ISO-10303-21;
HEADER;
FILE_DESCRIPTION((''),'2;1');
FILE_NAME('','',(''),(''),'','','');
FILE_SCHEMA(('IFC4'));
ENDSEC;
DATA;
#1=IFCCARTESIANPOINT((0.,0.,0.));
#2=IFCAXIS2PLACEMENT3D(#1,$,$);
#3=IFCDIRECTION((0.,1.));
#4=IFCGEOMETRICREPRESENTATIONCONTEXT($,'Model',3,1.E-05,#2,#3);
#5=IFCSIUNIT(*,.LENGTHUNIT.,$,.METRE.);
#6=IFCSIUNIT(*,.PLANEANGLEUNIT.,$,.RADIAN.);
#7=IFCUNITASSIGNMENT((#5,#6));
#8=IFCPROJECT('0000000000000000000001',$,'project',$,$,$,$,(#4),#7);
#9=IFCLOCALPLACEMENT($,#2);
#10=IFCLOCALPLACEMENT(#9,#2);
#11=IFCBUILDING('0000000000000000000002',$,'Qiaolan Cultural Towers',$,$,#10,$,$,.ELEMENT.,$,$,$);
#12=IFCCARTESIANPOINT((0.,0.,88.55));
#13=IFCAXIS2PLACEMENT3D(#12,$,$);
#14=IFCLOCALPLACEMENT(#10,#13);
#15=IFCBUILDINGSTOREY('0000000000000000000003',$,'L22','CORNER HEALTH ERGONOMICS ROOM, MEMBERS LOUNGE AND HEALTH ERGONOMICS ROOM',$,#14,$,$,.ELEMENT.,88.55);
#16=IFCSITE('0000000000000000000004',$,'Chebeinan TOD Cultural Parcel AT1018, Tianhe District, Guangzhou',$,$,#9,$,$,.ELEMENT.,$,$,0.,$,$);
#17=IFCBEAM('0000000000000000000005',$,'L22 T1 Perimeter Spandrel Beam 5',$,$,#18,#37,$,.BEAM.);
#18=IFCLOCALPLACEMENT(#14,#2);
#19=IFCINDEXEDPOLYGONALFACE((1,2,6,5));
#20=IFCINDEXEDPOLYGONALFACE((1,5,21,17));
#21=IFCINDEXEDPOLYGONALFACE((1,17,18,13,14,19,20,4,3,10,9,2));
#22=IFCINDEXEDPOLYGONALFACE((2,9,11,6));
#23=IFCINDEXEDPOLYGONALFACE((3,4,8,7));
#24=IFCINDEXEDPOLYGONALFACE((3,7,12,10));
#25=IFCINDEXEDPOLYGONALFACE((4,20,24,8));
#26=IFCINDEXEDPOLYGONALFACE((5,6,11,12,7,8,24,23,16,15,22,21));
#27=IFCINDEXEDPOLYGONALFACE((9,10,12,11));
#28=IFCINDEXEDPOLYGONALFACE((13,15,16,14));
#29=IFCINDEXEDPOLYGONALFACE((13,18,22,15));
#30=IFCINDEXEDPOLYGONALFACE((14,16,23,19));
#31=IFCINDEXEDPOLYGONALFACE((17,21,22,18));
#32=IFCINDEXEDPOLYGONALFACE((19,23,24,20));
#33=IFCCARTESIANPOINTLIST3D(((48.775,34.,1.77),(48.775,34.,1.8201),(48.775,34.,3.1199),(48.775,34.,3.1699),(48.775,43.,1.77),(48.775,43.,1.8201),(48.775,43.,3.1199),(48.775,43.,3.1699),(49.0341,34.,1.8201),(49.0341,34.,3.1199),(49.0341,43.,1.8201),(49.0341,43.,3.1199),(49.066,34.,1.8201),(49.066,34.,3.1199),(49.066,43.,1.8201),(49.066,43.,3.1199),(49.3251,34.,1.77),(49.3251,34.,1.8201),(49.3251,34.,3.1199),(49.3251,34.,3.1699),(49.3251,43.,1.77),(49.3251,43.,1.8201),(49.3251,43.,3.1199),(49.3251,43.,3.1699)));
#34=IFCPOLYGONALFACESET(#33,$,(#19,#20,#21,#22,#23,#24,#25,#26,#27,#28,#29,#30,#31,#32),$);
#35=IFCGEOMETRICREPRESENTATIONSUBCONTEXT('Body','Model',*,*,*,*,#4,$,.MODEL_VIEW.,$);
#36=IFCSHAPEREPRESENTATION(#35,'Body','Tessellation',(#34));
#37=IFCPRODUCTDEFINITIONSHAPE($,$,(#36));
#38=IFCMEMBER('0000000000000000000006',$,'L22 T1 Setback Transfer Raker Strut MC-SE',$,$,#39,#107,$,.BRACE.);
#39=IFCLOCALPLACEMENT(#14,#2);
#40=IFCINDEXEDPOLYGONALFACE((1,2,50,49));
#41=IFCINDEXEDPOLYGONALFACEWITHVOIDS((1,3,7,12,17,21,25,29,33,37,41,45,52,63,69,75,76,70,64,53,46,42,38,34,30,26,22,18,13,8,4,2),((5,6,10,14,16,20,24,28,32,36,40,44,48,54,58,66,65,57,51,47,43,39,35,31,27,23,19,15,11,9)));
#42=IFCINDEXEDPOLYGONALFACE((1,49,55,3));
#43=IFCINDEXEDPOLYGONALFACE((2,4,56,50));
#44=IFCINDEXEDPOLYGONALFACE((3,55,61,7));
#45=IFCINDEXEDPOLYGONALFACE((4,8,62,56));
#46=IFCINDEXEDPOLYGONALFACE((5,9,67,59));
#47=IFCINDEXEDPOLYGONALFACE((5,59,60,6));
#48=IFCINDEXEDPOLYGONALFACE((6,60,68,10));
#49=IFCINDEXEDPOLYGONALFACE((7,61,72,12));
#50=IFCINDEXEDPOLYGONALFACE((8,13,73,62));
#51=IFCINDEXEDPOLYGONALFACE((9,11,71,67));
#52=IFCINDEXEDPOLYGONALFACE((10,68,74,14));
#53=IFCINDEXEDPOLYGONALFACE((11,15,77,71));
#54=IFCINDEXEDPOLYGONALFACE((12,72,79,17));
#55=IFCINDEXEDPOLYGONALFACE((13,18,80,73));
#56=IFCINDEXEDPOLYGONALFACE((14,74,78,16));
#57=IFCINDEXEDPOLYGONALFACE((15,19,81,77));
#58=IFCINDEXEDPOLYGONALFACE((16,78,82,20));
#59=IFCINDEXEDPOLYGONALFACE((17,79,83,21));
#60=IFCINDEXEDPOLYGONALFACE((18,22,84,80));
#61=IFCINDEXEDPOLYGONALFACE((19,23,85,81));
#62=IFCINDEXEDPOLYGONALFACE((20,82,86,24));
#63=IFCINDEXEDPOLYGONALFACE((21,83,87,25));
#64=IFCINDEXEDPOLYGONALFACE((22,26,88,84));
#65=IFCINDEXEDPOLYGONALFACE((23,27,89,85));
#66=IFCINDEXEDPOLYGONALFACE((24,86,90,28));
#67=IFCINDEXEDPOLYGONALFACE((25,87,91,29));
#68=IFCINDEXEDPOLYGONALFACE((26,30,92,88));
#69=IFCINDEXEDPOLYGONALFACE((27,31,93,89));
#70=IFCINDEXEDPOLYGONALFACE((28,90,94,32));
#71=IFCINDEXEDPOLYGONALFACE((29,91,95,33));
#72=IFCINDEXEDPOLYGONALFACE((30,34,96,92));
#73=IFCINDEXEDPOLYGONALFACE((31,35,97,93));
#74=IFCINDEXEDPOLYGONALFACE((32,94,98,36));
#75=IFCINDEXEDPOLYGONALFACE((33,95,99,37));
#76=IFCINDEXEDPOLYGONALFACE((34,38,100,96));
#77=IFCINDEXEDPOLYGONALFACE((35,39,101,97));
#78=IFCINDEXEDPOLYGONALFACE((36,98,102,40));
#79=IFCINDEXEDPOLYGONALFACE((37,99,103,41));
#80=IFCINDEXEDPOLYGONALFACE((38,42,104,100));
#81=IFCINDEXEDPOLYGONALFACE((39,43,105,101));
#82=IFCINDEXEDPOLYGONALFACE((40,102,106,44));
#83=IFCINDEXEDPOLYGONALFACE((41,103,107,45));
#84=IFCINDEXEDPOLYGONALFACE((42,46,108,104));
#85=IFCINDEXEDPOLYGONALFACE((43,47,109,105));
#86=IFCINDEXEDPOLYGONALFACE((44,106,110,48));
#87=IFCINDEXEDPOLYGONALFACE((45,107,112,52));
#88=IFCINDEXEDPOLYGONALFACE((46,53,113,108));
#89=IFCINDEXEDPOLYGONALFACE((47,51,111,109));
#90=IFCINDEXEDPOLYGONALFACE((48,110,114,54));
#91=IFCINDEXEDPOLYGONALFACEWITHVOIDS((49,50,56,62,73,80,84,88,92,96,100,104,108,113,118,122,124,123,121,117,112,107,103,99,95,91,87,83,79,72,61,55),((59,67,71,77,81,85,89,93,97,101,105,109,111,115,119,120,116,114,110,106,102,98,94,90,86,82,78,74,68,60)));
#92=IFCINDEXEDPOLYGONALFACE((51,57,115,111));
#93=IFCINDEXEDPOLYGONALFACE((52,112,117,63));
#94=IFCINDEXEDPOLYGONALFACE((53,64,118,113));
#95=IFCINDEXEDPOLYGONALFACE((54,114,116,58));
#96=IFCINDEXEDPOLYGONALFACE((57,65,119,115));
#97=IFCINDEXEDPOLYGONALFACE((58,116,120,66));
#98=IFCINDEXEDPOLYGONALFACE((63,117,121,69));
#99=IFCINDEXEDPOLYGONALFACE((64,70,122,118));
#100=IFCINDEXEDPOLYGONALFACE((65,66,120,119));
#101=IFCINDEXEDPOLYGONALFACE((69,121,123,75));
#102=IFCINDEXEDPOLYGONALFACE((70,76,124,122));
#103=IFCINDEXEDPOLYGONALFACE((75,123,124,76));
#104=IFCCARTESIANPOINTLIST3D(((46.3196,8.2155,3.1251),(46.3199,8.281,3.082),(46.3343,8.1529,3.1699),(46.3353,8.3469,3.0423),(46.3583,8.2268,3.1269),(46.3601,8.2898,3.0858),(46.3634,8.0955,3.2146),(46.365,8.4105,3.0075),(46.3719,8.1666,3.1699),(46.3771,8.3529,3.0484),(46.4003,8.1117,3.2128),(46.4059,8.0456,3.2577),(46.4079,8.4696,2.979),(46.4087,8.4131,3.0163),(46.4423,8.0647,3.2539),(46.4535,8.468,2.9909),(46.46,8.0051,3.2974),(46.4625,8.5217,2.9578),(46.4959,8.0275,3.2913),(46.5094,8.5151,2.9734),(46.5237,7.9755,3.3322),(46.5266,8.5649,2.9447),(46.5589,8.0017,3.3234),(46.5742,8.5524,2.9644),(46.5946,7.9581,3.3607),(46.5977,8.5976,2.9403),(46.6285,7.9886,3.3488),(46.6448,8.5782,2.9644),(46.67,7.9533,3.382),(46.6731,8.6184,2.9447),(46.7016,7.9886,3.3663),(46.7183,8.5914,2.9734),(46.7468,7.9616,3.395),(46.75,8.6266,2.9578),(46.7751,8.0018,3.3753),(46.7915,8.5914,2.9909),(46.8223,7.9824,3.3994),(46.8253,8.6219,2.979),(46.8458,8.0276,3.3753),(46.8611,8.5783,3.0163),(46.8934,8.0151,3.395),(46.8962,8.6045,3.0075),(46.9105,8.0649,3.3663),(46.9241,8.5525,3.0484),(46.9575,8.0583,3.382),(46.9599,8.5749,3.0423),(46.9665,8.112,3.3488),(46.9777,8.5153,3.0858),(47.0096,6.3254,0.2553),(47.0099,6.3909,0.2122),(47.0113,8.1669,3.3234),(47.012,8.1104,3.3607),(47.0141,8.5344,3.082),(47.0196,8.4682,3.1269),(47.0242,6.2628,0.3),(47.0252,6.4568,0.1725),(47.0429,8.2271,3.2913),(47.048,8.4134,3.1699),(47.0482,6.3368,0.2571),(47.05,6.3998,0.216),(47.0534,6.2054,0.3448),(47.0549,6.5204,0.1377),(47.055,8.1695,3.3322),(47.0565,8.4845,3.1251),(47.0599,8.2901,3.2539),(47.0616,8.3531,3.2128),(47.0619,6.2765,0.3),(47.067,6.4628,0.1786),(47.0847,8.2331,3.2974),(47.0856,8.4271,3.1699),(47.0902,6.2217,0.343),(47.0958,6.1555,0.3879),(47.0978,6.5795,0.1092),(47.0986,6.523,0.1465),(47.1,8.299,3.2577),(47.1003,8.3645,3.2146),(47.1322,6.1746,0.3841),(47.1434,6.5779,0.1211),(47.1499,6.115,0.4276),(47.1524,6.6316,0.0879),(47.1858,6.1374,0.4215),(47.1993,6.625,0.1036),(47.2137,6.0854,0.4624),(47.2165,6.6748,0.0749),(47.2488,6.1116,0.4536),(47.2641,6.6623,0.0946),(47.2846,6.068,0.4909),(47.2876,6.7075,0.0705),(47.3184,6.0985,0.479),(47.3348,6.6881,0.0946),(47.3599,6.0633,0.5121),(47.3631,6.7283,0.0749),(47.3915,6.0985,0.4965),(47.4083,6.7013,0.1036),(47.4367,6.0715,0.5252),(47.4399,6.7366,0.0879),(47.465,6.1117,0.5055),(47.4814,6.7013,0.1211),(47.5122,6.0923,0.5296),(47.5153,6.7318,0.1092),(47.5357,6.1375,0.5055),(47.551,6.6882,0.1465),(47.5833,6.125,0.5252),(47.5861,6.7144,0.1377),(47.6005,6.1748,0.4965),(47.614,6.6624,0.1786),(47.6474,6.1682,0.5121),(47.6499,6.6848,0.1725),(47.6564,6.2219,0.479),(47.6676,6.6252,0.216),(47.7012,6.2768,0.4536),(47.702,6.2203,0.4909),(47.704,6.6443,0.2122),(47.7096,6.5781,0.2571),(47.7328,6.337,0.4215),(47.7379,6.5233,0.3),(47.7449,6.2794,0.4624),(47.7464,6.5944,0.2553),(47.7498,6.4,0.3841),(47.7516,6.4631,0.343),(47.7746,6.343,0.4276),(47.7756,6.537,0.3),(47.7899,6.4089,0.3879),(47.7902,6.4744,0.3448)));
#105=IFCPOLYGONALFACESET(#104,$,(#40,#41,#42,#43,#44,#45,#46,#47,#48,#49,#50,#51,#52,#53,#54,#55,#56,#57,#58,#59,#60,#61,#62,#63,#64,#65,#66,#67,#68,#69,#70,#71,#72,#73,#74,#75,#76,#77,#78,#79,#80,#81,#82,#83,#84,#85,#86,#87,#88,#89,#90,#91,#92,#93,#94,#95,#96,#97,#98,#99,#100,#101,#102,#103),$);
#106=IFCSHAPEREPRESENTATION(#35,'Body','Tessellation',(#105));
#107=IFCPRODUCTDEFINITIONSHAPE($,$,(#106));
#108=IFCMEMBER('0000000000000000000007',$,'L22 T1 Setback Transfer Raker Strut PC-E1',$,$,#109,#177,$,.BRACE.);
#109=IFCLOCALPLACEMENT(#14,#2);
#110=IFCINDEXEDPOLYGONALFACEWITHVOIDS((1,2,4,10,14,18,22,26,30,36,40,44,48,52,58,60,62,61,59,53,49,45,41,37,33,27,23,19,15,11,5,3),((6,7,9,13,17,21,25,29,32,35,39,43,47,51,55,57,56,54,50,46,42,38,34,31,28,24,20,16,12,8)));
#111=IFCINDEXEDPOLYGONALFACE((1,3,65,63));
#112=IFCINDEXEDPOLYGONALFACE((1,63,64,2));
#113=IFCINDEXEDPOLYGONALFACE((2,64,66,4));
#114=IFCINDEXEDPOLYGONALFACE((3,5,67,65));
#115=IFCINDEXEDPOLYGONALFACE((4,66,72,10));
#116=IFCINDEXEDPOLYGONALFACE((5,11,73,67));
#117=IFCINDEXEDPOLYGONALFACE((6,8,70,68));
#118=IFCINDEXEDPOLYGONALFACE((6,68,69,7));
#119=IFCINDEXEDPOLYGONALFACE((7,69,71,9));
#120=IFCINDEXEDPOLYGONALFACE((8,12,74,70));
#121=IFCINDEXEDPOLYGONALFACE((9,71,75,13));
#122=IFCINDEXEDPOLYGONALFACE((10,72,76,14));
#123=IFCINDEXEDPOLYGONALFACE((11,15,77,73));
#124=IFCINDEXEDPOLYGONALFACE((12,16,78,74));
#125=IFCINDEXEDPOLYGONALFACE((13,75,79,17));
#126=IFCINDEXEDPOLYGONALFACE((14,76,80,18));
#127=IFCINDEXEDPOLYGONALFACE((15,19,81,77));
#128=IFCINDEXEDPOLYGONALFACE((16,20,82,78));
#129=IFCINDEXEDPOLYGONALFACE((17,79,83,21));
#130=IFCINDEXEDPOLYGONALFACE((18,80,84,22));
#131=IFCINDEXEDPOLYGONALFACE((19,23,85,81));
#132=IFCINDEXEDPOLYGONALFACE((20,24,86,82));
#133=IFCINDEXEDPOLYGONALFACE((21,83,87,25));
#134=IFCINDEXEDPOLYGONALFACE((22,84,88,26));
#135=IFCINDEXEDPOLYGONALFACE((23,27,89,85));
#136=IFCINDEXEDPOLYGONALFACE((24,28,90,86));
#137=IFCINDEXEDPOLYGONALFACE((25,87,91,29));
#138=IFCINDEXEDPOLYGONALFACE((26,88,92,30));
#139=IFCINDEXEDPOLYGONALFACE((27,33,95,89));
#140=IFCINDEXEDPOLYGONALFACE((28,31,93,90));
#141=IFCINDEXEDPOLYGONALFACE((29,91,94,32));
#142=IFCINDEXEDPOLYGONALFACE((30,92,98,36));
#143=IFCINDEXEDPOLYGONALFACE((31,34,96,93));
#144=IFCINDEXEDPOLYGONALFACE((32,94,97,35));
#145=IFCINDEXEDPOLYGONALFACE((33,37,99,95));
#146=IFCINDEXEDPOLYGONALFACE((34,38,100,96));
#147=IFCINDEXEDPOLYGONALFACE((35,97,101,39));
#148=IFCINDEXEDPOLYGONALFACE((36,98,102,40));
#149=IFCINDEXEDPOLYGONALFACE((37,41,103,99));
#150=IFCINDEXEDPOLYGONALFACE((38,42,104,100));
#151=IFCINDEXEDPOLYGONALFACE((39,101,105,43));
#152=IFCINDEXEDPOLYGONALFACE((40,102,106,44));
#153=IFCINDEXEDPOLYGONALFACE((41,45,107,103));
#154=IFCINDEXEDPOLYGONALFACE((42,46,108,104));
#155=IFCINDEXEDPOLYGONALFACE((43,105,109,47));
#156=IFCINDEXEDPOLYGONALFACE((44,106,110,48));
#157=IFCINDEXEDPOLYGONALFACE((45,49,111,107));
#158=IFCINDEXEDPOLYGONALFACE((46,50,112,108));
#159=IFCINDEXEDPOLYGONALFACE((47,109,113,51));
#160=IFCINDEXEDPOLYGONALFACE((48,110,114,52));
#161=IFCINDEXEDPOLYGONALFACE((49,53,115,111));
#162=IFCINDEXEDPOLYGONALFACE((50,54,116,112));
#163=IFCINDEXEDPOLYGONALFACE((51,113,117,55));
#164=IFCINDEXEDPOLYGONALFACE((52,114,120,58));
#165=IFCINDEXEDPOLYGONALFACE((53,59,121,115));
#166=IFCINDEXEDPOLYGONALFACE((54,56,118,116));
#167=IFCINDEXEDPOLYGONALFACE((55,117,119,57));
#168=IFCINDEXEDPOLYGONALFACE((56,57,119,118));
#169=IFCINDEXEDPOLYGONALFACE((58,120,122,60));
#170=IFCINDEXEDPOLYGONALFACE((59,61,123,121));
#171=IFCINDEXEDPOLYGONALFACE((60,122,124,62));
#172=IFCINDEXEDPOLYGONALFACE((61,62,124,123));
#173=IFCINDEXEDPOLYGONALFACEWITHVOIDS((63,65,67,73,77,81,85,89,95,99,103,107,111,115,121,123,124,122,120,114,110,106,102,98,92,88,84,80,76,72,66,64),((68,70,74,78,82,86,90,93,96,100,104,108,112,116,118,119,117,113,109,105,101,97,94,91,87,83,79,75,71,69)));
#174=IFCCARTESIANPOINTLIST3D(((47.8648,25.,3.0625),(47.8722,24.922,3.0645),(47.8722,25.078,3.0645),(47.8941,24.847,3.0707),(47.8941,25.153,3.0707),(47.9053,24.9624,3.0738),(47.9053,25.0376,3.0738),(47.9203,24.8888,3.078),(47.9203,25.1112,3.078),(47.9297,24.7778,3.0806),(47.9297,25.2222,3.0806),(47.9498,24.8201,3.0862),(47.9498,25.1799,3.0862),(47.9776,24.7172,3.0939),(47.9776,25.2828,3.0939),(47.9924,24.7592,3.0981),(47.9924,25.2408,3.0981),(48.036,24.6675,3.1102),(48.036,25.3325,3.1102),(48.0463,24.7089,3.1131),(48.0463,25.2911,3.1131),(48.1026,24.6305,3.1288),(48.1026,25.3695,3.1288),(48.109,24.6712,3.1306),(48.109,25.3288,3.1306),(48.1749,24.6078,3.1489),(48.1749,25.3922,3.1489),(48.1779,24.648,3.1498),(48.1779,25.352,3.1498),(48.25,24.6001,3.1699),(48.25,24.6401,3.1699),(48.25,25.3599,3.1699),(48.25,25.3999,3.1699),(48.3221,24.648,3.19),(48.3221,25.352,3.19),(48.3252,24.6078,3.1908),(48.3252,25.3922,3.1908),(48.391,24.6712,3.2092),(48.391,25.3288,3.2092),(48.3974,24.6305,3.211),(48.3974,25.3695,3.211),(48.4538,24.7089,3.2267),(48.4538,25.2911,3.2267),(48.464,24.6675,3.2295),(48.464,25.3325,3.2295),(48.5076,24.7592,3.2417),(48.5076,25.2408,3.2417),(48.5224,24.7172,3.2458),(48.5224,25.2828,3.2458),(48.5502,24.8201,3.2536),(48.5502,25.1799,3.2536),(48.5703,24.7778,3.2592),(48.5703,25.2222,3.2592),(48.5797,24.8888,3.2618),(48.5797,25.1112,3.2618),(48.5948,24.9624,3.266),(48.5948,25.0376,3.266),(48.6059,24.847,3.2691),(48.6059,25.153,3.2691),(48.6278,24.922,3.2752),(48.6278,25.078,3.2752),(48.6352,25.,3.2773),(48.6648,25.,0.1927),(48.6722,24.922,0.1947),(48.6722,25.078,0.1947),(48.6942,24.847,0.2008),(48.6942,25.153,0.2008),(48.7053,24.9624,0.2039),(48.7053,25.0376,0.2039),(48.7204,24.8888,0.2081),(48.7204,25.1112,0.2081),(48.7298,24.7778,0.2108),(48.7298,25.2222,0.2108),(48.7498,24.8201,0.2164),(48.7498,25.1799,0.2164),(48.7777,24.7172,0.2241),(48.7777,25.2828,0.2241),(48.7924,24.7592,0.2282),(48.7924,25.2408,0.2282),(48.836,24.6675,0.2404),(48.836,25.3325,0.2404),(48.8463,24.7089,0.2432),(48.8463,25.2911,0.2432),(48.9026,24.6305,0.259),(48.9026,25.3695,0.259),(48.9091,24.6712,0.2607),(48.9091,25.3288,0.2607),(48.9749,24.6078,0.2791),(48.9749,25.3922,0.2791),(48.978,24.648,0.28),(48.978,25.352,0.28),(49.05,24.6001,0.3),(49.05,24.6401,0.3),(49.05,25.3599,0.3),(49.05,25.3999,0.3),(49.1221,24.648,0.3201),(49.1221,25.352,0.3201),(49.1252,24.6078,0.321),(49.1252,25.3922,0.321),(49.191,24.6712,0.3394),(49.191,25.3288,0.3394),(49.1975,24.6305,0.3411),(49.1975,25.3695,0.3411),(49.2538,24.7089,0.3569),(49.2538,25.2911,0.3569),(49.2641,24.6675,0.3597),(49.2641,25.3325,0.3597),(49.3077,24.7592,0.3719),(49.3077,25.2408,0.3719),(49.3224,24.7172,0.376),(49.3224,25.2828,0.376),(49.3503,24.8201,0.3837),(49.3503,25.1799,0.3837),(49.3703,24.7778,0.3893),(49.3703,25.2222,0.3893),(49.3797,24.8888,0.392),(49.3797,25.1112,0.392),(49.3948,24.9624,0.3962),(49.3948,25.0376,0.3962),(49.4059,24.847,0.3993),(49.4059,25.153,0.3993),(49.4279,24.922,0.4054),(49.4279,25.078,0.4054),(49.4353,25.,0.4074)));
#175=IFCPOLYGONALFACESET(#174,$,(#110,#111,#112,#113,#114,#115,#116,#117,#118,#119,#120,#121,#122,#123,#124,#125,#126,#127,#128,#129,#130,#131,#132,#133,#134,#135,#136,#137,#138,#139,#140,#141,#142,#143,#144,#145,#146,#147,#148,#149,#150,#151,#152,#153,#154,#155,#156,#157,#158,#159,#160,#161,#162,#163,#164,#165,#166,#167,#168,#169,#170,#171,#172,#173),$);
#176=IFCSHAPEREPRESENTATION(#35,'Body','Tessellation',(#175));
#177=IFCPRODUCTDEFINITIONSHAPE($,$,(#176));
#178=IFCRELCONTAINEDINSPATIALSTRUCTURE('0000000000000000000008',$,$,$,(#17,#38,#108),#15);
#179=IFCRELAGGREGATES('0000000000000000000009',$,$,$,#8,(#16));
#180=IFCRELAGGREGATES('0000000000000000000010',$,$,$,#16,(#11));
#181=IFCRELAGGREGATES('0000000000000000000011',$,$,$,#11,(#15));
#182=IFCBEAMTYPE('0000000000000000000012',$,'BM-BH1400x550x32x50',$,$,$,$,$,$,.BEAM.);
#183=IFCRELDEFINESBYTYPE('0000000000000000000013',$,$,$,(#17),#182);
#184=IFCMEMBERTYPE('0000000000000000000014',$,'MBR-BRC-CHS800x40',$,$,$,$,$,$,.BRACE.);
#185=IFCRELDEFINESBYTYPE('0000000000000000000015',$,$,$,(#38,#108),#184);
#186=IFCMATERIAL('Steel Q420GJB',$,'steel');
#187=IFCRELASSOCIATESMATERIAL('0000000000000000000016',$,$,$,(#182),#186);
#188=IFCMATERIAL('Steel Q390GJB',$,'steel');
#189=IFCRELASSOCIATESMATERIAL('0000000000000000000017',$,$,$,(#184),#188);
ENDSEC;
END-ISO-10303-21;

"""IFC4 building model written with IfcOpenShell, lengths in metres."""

from ifc_helpers import new_model, si_unit, direction, frame, origin, origin_2d, place, context, subcontext, project, spatial, hollow_circle, i_section, extrude, material, material_profile, profile_set, type_object, element, save


model = new_model("IFC4")

# Units and contexts
model_context = context("Model", 3, precision=1e-05, world=origin(), true_north=direction((0.0, 1.0)))
body_context = subcontext(model_context, "Body", "Model", "MODEL_VIEW")
ifc_project = project(units=[si_unit("LENGTHUNIT", "METRE"), si_unit("PLANEANGLEUNIT", "RADIAN")], contexts=[model_context])

# Site, building, storey
site_placement = place(None, origin())
site = spatial("IfcSite", under=ifc_project, at=site_placement, Name="Chebeinan TOD Cultural Parcel AT1018, Tianhe District, Guangzhou", CompositionType="ELEMENT", RefElevation=0.0)
building_placement = place(site_placement, origin())
building = spatial("IfcBuilding", under=site, at=building_placement, Name="Qiaolan Cultural Towers", CompositionType="ELEMENT")
storey_placement = place(building_placement, frame((0.0, 0.0, 88.55)))
storey = spatial("IfcBuildingStorey", under=building, at=storey_placement, Name="L22", Description="CORNER HEALTH ERGONOMICS ROOM, MEMBERS LOUNGE AND HEALTH ERGONOMICS ROOM", CompositionType="ELEMENT", Elevation=88.55)

# Beam
ifc_material_1 = material(Name="Steel Q420GJB", Category="steel")
ifc_material_profile_1 = material_profile(ifc_material_1, i_section(OverallWidth=0.55, OverallDepth=1.3999, WebThickness=0.032, FlangeThickness=0.05, at=origin_2d()), Name="BH1400x550x32x50")
ifc_profile_set_1 = profile_set([ifc_material_profile_1], Name="Steel Q420GJB")
beam_type = type_object("IfcBeamType", Name="BM-BH1400x550x32x50", PredefinedType="BEAM", material=ifc_profile_set_1)
for number, where, z_axis, x_axis, name in (
    (1, (49.05, 34.0, 2.47), (0.0, 1.0, 0.0), (-1.0, 0.0, 0.0), "L22 T1 Perimeter Spandrel Beam 5"),
):
    element("IfcBeam", number, at=place(storey_placement, frame(where, z_axis=z_axis, x_axis=x_axis)), inside=storey, type_object=beam_type, Name=name, PredefinedType="BEAM", context=body_context, shape_type="SweptSolid", body=[
        extrude(i_section(OverallWidth=0.55, OverallDepth=1.3999, WebThickness=0.032, FlangeThickness=0.05, at=origin_2d()), origin(), (0.0, 0.0, 1.0), 9.0),
    ])

# Members
ifc_material_2 = material(Name="Steel Q390GJB", Category="steel")
ifc_material_profile_2 = material_profile(ifc_material_2, hollow_circle(Radius=0.3999, WallThickness=0.04, at=origin_2d()), Name="CHS800x40")
ifc_profile_set_2 = profile_set([ifc_material_profile_2], Name="Steel Q390GJB")
member_type = type_object("IfcMemberType", Name="MBR-BRC-CHS800x40", PredefinedType="BRACE", material=ifc_profile_set_2)
member_placement = place(storey_placement, frame((47.3999, 6.3999, 0.3), z_axis=(-0.196847, 0.539273, 0.818801), x_axis=(-0.939375, -0.342892, 0.0)))
element("IfcMember", 2, at=member_placement, inside=storey, type_object=member_type, Name="L22 T1 Setback Transfer Raker Strut MC-SE", PredefinedType="BRACE", context=body_context, shape_type="SweptSolid", body=[
    extrude(hollow_circle(Radius=0.3999, WallThickness=0.04, at=origin_2d()), origin(), (0.0, 0.0, 1.0), 3.5049),
])
for number, where, z_axis, x_axis, name in (
    (3, (49.05, 25.0, 0.3), (-0.268536, 0.0, 0.96327), (0.0, -1.0, 0.0), "L22 T1 Setback Transfer Raker Strut PC-E1"),
):
    element("IfcMember", number, at=place(storey_placement, frame(where, z_axis=z_axis, x_axis=x_axis)), inside=storey, type_object=member_type, Name=name, PredefinedType="BRACE", context=body_context, shape_type="SweptSolid", body=[
        extrude(hollow_circle(Radius=0.3999, WallThickness=0.04, at=origin_2d()), origin(), (0.0, 0.0, 1.0), 2.9792),
    ])

save(model, "model.ifc")
